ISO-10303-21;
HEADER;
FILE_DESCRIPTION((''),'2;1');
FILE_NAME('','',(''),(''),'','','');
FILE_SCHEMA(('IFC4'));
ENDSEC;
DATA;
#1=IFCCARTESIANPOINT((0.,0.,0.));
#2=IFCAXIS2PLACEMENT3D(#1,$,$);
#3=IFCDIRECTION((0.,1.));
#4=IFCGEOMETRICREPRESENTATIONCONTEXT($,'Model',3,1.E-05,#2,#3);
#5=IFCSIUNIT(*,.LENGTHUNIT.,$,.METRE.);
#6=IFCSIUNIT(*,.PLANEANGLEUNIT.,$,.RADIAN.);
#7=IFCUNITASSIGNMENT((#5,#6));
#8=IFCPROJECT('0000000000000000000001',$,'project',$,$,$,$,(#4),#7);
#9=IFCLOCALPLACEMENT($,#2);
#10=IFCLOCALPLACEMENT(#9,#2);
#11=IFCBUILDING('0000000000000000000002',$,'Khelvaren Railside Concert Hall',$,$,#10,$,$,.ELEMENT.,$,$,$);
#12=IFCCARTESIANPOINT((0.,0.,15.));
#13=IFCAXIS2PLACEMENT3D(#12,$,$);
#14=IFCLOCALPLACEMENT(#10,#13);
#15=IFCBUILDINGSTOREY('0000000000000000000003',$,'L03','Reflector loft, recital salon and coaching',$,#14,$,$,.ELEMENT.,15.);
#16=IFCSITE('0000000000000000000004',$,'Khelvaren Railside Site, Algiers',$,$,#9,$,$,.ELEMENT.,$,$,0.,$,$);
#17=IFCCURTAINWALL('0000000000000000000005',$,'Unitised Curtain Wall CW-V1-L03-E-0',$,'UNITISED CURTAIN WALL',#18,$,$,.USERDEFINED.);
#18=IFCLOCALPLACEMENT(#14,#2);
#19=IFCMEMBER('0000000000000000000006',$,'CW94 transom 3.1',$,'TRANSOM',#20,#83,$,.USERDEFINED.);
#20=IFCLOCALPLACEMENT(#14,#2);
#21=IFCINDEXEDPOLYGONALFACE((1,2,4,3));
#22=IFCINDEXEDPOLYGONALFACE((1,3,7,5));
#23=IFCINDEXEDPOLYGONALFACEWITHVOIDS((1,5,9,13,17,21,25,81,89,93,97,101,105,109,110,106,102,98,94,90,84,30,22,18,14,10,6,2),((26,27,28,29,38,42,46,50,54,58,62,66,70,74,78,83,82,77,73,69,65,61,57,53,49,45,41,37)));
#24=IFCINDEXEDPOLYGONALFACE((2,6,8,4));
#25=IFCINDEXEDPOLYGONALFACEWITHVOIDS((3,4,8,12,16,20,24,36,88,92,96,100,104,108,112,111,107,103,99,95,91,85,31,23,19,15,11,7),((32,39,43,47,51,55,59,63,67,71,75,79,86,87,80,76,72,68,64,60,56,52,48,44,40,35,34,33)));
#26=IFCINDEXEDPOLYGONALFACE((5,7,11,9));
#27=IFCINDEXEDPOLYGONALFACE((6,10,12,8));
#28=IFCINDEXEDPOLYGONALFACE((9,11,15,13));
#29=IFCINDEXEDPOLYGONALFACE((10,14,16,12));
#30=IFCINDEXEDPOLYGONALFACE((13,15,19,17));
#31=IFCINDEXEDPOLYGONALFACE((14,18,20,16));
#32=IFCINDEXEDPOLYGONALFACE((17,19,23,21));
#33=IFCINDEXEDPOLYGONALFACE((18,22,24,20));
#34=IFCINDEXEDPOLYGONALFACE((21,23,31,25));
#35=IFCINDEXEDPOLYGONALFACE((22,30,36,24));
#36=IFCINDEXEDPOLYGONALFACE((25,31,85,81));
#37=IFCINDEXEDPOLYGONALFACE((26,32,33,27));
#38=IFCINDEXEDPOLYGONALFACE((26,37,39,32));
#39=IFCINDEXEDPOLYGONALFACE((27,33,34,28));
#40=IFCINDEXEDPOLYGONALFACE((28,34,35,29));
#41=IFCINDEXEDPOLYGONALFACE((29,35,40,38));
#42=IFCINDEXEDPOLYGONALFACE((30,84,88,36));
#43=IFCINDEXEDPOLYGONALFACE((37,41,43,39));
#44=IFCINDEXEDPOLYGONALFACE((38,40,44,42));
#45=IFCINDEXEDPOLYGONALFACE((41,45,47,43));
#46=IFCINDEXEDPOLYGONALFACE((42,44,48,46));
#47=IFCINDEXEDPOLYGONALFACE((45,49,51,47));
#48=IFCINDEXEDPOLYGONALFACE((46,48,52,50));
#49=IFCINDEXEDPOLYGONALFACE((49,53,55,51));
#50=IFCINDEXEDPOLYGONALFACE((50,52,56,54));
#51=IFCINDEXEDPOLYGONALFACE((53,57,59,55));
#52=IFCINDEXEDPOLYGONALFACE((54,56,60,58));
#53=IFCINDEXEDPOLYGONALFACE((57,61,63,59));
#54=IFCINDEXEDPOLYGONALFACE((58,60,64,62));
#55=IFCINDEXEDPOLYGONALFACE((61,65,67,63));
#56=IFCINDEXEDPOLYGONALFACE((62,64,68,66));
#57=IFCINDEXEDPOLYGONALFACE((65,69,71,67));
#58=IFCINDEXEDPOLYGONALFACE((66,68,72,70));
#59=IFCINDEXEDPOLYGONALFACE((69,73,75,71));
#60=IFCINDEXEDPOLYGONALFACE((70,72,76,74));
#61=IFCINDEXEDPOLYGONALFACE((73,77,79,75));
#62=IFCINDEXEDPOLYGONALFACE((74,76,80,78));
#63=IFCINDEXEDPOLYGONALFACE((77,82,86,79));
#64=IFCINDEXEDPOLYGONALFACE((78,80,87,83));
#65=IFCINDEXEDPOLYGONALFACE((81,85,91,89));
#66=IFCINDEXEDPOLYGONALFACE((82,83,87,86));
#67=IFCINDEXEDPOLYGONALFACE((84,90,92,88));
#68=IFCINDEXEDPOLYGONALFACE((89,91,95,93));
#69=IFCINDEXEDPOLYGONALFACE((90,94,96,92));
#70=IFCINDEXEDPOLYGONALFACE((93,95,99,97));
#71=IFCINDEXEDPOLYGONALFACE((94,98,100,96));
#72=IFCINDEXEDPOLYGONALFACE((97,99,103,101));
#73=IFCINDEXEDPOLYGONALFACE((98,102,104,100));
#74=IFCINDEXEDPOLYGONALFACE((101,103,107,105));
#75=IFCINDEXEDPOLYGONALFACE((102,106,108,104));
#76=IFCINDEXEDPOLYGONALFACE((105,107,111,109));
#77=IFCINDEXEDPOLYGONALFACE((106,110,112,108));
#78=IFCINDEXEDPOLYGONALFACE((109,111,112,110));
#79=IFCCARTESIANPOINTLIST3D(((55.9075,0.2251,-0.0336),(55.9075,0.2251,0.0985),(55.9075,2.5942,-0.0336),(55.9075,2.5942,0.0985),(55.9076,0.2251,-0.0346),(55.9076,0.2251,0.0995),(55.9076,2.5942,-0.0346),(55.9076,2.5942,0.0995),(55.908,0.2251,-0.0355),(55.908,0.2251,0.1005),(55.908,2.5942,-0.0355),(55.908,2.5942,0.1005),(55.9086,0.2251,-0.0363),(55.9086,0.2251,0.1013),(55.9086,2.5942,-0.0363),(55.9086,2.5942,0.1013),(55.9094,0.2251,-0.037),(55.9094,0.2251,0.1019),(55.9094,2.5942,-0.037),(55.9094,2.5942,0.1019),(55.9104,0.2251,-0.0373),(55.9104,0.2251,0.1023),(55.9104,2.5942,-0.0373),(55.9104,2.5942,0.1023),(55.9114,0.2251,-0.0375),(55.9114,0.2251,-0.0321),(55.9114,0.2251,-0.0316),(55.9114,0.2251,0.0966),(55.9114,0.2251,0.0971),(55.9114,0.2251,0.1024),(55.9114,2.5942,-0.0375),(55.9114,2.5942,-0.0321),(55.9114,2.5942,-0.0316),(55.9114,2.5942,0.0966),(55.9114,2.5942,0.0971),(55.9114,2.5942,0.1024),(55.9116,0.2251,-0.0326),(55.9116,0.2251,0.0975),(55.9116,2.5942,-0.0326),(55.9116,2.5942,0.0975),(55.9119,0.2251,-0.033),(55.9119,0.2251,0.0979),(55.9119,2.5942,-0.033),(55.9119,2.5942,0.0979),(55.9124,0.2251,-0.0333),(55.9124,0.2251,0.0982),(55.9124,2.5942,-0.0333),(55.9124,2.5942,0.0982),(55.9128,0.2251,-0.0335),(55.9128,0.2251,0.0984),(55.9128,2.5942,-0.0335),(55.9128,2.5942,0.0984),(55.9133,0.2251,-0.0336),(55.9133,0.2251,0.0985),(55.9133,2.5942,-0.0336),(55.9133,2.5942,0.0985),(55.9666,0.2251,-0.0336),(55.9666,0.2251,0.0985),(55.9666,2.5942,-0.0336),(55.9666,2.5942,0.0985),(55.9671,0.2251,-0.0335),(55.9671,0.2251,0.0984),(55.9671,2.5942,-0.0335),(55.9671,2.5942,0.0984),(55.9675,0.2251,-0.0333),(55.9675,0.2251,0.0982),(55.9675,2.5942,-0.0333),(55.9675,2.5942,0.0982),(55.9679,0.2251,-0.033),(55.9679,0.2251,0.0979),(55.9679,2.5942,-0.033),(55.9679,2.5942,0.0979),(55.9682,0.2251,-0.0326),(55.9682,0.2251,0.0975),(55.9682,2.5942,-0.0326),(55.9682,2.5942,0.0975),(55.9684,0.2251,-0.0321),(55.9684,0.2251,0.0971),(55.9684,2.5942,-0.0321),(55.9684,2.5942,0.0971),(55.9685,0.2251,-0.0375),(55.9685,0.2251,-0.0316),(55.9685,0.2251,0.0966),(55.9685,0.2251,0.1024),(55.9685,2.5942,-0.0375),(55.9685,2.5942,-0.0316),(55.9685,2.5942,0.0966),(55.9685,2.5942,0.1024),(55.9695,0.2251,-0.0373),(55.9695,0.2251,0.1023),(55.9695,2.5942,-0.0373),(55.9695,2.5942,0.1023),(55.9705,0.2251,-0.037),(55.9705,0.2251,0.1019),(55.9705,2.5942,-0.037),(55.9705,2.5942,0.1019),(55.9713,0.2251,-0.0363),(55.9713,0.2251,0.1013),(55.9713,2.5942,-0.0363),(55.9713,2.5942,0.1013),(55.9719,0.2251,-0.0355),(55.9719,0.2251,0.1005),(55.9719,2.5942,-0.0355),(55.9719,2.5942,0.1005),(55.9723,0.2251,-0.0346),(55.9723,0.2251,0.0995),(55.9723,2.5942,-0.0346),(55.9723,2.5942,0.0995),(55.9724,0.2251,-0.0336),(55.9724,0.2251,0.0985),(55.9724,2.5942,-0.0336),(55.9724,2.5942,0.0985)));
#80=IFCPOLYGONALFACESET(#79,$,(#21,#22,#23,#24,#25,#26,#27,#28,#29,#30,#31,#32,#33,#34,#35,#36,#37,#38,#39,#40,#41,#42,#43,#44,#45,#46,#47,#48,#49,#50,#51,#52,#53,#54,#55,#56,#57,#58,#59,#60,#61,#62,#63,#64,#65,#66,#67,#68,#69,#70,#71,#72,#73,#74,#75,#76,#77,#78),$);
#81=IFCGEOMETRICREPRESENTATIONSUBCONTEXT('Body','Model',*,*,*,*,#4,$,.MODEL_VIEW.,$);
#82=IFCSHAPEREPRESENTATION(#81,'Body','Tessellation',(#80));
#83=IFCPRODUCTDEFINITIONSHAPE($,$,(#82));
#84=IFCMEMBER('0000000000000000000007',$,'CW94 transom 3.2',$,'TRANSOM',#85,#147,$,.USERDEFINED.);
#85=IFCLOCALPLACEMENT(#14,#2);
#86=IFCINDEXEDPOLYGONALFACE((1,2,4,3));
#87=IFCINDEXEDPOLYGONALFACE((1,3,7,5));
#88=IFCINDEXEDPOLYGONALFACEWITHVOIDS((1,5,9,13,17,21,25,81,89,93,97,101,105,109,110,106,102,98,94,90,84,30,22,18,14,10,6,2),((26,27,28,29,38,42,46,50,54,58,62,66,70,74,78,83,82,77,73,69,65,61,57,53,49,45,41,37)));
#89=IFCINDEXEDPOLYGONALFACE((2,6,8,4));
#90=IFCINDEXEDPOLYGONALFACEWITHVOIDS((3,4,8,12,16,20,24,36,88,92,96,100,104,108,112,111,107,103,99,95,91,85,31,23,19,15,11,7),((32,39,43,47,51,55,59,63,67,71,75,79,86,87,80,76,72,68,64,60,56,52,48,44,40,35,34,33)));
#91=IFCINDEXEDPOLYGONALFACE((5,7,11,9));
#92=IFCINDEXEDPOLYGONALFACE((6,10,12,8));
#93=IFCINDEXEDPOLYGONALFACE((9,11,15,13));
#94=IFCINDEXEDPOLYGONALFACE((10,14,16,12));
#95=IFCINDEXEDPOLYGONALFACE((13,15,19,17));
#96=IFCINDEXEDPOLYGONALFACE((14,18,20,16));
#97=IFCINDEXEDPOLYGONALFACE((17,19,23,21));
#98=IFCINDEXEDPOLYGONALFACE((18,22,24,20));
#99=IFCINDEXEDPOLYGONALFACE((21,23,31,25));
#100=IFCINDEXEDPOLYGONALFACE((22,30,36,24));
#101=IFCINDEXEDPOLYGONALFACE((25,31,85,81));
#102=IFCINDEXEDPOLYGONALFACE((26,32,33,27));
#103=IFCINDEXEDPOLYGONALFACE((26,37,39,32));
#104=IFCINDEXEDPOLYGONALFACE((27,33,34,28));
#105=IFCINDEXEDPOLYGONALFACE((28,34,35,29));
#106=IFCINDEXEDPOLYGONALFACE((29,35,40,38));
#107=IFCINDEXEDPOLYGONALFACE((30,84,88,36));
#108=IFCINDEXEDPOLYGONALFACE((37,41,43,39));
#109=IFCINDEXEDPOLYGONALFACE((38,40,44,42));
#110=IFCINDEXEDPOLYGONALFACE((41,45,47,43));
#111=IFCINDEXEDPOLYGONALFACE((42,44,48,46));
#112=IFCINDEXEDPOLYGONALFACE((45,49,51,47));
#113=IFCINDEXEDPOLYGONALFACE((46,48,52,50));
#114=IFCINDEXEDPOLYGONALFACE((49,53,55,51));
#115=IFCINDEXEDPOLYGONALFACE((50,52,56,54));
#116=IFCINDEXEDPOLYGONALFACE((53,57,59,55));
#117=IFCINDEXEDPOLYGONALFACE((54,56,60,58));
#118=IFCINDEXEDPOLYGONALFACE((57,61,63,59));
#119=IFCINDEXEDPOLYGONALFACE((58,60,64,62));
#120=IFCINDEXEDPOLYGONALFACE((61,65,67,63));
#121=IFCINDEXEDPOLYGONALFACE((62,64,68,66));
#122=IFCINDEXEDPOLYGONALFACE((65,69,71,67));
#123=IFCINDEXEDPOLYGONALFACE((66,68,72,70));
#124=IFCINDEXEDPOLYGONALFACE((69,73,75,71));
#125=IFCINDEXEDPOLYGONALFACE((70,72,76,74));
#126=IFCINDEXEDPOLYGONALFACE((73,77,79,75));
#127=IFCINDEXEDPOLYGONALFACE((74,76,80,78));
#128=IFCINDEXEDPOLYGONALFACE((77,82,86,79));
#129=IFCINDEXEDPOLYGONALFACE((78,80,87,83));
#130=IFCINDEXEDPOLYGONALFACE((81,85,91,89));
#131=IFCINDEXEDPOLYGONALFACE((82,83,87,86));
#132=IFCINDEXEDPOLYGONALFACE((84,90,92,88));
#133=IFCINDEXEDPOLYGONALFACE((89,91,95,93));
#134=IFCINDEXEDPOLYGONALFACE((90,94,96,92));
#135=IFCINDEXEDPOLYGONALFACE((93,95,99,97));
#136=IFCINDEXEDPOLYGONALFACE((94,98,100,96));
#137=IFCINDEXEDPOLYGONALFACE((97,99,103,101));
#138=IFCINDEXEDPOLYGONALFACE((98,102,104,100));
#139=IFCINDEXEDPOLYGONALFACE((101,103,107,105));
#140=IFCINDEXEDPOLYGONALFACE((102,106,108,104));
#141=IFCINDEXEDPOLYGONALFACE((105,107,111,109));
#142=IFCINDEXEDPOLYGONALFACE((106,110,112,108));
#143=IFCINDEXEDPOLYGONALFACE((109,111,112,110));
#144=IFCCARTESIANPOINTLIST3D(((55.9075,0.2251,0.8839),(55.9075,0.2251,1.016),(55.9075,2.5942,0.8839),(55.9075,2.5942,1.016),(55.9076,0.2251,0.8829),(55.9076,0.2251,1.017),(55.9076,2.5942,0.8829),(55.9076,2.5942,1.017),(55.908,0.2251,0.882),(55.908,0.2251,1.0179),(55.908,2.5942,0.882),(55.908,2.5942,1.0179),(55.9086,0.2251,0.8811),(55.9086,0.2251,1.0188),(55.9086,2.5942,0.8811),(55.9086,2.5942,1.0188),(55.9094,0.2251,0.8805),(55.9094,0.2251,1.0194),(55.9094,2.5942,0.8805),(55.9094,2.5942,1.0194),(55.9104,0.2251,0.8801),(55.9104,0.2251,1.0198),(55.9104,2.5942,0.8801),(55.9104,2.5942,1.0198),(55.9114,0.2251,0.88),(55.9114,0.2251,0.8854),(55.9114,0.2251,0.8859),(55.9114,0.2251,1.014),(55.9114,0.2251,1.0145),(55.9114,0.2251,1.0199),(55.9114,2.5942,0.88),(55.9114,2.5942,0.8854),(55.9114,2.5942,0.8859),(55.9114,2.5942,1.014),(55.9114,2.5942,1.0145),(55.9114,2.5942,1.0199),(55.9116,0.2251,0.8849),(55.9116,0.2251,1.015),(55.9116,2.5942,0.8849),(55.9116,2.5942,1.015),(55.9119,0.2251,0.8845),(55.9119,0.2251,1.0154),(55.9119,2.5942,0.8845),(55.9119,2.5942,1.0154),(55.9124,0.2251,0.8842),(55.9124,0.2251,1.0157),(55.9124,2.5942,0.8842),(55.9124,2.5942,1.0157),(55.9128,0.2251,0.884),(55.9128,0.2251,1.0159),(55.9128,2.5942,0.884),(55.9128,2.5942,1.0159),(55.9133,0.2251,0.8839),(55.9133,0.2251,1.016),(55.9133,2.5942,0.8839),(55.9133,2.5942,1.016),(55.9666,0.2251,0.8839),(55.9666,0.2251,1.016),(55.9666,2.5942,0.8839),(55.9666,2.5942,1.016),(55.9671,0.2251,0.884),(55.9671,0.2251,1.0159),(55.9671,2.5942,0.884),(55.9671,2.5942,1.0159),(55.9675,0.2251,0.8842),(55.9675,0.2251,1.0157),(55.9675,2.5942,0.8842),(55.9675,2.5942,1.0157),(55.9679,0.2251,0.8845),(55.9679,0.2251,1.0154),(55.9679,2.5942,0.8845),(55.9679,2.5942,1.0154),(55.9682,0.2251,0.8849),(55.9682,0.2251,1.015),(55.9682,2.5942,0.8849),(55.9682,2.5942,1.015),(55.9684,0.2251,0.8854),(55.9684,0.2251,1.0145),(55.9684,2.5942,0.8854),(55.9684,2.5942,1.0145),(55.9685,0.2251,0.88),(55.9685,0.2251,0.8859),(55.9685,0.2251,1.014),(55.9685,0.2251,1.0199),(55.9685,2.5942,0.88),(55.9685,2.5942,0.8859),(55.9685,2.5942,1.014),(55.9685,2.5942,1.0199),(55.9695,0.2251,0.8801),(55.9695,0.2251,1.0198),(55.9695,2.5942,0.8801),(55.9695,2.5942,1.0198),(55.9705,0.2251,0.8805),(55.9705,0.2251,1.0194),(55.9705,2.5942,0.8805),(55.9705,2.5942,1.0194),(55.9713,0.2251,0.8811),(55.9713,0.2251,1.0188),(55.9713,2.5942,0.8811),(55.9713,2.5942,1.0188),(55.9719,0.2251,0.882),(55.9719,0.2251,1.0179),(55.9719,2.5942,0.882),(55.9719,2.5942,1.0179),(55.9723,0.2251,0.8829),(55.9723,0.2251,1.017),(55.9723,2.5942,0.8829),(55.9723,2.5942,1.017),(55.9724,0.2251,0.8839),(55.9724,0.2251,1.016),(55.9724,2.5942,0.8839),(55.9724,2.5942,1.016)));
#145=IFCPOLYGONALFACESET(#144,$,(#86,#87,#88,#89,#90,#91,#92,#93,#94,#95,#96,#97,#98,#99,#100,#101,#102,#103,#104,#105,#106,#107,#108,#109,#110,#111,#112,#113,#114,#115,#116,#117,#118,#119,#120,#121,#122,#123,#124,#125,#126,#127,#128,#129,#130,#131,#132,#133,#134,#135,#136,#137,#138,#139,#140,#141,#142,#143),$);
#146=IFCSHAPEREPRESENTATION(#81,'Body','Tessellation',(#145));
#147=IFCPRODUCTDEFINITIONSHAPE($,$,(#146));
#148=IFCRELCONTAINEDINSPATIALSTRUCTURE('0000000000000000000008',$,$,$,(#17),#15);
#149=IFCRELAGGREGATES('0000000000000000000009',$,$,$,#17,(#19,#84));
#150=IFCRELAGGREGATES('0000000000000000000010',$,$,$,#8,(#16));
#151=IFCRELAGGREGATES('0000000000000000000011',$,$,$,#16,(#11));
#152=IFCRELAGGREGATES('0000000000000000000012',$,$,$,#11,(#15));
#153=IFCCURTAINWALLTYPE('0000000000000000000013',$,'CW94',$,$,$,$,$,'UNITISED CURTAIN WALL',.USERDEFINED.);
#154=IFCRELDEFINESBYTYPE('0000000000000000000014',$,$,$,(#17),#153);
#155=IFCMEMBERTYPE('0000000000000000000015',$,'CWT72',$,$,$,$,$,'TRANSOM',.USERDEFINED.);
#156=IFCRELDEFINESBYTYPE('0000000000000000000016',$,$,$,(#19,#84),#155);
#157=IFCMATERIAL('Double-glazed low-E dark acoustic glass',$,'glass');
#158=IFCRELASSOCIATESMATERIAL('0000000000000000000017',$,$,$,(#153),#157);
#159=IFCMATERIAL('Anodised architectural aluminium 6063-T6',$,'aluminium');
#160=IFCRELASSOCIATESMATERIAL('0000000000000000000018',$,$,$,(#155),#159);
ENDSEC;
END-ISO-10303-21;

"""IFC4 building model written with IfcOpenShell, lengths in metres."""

from ifc_helpers import new_model, si_unit, direction, frame, origin, origin_2d, place, context, subcontext, project, spatial, hollow_rectangle, extrude, material, material_profile, profile_set, type_object, element, aggregate, save


model = new_model("IFC4")

# Units and contexts
model_context = context("Model", 3, precision=1e-05, world=origin(), true_north=direction((0.0, 1.0)))
body_context = subcontext(model_context, "Body", "Model", "MODEL_VIEW")
ifc_project = project(units=[si_unit("LENGTHUNIT", "METRE"), si_unit("PLANEANGLEUNIT", "RADIAN")], contexts=[model_context])

# Site, building, storey
site_placement = place(None, origin())
site = spatial("IfcSite", under=ifc_project, at=site_placement, Name="Khelvaren Railside Site, Algiers", CompositionType="ELEMENT", RefElevation=0.0)
building_placement = place(site_placement, origin())
building = spatial("IfcBuilding", under=site, at=building_placement, Name="Khelvaren Railside Concert Hall", CompositionType="ELEMENT")
storey_placement = place(building_placement, frame((0.0, 0.0, 15.0)))
storey = spatial("IfcBuildingStorey", under=building, at=storey_placement, Name="L03", Description="Reflector loft, recital salon and coaching", CompositionType="ELEMENT", Elevation=15.0)

# Curtain wall
ifc_material_1 = material(Name="Double-glazed low-E dark acoustic glass", Category="glass")
curtain_wall_type_1 = type_object("IfcCurtainWallType", Name="CW94", ElementType="UNITISED CURTAIN WALL", PredefinedType="USERDEFINED", material=ifc_material_1)
curtain_wall_1_placement = place(storey_placement, origin())
curtain_wall_1 = element("IfcCurtainWall", 1, at=curtain_wall_1_placement, inside=storey, type_object=curtain_wall_type_1, Name="Unitised Curtain Wall CW-V1-L03-E-0", ObjectType="UNITISED CURTAIN WALL", PredefinedType="USERDEFINED")
ifc_material_2 = material(Name="Anodised architectural aluminium 6063-T6", Category="aluminium")

# Members
ifc_material_profile_1 = material_profile(ifc_material_2, hollow_rectangle(XDim=0.0649, YDim=0.1399, WallThickness=0.0039, InnerFilletRadius=0.002, OuterFilletRadius=0.0039, at=origin_2d()), Name="CWT 65x140x4")
ifc_profile_set_1 = profile_set([ifc_material_profile_1], Name="Anodised architectural aluminium 6063-T6")
member_type_1 = type_object("IfcMemberType", Name="CWT72", ElementType="TRANSOM", PredefinedType="USERDEFINED", material=ifc_profile_set_1)
member_1_placement = place(storey_placement, frame((55.9399, 2.5942, 0.0325), z_axis=(0.0, -1.0, 0.0), x_axis=(1.0, 0.0, 0.0)))
member_1 = element("IfcMember", 2, at=member_1_placement, type_object=member_type_1, Name="CW94 transom 3.1", ObjectType="TRANSOM", PredefinedType="USERDEFINED", context=body_context, shape_type="SweptSolid", body=[
    extrude(hollow_rectangle(XDim=0.0649, YDim=0.1399, WallThickness=0.0039, InnerFilletRadius=0.002, OuterFilletRadius=0.0039, at=origin_2d()), origin(), (0.0, 0.0, 1.0), 2.3691),
])
member_2_placement = place(storey_placement, frame((55.9399, 2.5942, 0.95), z_axis=(0.0, -1.0, 0.0), x_axis=(1.0, 0.0, 0.0)))
member_2 = element("IfcMember", 3, at=member_2_placement, type_object=member_type_1, Name="CW94 transom 3.2", ObjectType="TRANSOM", PredefinedType="USERDEFINED", context=body_context, shape_type="SweptSolid", body=[
    extrude(hollow_rectangle(XDim=0.0649, YDim=0.1399, WallThickness=0.0039, InnerFilletRadius=0.002, OuterFilletRadius=0.0039, at=origin_2d()), origin(), (0.0, 0.0, 1.0), 2.3691),
])

aggregate(curtain_wall_1, [member_1, member_2])

save(model, "model.ifc")
